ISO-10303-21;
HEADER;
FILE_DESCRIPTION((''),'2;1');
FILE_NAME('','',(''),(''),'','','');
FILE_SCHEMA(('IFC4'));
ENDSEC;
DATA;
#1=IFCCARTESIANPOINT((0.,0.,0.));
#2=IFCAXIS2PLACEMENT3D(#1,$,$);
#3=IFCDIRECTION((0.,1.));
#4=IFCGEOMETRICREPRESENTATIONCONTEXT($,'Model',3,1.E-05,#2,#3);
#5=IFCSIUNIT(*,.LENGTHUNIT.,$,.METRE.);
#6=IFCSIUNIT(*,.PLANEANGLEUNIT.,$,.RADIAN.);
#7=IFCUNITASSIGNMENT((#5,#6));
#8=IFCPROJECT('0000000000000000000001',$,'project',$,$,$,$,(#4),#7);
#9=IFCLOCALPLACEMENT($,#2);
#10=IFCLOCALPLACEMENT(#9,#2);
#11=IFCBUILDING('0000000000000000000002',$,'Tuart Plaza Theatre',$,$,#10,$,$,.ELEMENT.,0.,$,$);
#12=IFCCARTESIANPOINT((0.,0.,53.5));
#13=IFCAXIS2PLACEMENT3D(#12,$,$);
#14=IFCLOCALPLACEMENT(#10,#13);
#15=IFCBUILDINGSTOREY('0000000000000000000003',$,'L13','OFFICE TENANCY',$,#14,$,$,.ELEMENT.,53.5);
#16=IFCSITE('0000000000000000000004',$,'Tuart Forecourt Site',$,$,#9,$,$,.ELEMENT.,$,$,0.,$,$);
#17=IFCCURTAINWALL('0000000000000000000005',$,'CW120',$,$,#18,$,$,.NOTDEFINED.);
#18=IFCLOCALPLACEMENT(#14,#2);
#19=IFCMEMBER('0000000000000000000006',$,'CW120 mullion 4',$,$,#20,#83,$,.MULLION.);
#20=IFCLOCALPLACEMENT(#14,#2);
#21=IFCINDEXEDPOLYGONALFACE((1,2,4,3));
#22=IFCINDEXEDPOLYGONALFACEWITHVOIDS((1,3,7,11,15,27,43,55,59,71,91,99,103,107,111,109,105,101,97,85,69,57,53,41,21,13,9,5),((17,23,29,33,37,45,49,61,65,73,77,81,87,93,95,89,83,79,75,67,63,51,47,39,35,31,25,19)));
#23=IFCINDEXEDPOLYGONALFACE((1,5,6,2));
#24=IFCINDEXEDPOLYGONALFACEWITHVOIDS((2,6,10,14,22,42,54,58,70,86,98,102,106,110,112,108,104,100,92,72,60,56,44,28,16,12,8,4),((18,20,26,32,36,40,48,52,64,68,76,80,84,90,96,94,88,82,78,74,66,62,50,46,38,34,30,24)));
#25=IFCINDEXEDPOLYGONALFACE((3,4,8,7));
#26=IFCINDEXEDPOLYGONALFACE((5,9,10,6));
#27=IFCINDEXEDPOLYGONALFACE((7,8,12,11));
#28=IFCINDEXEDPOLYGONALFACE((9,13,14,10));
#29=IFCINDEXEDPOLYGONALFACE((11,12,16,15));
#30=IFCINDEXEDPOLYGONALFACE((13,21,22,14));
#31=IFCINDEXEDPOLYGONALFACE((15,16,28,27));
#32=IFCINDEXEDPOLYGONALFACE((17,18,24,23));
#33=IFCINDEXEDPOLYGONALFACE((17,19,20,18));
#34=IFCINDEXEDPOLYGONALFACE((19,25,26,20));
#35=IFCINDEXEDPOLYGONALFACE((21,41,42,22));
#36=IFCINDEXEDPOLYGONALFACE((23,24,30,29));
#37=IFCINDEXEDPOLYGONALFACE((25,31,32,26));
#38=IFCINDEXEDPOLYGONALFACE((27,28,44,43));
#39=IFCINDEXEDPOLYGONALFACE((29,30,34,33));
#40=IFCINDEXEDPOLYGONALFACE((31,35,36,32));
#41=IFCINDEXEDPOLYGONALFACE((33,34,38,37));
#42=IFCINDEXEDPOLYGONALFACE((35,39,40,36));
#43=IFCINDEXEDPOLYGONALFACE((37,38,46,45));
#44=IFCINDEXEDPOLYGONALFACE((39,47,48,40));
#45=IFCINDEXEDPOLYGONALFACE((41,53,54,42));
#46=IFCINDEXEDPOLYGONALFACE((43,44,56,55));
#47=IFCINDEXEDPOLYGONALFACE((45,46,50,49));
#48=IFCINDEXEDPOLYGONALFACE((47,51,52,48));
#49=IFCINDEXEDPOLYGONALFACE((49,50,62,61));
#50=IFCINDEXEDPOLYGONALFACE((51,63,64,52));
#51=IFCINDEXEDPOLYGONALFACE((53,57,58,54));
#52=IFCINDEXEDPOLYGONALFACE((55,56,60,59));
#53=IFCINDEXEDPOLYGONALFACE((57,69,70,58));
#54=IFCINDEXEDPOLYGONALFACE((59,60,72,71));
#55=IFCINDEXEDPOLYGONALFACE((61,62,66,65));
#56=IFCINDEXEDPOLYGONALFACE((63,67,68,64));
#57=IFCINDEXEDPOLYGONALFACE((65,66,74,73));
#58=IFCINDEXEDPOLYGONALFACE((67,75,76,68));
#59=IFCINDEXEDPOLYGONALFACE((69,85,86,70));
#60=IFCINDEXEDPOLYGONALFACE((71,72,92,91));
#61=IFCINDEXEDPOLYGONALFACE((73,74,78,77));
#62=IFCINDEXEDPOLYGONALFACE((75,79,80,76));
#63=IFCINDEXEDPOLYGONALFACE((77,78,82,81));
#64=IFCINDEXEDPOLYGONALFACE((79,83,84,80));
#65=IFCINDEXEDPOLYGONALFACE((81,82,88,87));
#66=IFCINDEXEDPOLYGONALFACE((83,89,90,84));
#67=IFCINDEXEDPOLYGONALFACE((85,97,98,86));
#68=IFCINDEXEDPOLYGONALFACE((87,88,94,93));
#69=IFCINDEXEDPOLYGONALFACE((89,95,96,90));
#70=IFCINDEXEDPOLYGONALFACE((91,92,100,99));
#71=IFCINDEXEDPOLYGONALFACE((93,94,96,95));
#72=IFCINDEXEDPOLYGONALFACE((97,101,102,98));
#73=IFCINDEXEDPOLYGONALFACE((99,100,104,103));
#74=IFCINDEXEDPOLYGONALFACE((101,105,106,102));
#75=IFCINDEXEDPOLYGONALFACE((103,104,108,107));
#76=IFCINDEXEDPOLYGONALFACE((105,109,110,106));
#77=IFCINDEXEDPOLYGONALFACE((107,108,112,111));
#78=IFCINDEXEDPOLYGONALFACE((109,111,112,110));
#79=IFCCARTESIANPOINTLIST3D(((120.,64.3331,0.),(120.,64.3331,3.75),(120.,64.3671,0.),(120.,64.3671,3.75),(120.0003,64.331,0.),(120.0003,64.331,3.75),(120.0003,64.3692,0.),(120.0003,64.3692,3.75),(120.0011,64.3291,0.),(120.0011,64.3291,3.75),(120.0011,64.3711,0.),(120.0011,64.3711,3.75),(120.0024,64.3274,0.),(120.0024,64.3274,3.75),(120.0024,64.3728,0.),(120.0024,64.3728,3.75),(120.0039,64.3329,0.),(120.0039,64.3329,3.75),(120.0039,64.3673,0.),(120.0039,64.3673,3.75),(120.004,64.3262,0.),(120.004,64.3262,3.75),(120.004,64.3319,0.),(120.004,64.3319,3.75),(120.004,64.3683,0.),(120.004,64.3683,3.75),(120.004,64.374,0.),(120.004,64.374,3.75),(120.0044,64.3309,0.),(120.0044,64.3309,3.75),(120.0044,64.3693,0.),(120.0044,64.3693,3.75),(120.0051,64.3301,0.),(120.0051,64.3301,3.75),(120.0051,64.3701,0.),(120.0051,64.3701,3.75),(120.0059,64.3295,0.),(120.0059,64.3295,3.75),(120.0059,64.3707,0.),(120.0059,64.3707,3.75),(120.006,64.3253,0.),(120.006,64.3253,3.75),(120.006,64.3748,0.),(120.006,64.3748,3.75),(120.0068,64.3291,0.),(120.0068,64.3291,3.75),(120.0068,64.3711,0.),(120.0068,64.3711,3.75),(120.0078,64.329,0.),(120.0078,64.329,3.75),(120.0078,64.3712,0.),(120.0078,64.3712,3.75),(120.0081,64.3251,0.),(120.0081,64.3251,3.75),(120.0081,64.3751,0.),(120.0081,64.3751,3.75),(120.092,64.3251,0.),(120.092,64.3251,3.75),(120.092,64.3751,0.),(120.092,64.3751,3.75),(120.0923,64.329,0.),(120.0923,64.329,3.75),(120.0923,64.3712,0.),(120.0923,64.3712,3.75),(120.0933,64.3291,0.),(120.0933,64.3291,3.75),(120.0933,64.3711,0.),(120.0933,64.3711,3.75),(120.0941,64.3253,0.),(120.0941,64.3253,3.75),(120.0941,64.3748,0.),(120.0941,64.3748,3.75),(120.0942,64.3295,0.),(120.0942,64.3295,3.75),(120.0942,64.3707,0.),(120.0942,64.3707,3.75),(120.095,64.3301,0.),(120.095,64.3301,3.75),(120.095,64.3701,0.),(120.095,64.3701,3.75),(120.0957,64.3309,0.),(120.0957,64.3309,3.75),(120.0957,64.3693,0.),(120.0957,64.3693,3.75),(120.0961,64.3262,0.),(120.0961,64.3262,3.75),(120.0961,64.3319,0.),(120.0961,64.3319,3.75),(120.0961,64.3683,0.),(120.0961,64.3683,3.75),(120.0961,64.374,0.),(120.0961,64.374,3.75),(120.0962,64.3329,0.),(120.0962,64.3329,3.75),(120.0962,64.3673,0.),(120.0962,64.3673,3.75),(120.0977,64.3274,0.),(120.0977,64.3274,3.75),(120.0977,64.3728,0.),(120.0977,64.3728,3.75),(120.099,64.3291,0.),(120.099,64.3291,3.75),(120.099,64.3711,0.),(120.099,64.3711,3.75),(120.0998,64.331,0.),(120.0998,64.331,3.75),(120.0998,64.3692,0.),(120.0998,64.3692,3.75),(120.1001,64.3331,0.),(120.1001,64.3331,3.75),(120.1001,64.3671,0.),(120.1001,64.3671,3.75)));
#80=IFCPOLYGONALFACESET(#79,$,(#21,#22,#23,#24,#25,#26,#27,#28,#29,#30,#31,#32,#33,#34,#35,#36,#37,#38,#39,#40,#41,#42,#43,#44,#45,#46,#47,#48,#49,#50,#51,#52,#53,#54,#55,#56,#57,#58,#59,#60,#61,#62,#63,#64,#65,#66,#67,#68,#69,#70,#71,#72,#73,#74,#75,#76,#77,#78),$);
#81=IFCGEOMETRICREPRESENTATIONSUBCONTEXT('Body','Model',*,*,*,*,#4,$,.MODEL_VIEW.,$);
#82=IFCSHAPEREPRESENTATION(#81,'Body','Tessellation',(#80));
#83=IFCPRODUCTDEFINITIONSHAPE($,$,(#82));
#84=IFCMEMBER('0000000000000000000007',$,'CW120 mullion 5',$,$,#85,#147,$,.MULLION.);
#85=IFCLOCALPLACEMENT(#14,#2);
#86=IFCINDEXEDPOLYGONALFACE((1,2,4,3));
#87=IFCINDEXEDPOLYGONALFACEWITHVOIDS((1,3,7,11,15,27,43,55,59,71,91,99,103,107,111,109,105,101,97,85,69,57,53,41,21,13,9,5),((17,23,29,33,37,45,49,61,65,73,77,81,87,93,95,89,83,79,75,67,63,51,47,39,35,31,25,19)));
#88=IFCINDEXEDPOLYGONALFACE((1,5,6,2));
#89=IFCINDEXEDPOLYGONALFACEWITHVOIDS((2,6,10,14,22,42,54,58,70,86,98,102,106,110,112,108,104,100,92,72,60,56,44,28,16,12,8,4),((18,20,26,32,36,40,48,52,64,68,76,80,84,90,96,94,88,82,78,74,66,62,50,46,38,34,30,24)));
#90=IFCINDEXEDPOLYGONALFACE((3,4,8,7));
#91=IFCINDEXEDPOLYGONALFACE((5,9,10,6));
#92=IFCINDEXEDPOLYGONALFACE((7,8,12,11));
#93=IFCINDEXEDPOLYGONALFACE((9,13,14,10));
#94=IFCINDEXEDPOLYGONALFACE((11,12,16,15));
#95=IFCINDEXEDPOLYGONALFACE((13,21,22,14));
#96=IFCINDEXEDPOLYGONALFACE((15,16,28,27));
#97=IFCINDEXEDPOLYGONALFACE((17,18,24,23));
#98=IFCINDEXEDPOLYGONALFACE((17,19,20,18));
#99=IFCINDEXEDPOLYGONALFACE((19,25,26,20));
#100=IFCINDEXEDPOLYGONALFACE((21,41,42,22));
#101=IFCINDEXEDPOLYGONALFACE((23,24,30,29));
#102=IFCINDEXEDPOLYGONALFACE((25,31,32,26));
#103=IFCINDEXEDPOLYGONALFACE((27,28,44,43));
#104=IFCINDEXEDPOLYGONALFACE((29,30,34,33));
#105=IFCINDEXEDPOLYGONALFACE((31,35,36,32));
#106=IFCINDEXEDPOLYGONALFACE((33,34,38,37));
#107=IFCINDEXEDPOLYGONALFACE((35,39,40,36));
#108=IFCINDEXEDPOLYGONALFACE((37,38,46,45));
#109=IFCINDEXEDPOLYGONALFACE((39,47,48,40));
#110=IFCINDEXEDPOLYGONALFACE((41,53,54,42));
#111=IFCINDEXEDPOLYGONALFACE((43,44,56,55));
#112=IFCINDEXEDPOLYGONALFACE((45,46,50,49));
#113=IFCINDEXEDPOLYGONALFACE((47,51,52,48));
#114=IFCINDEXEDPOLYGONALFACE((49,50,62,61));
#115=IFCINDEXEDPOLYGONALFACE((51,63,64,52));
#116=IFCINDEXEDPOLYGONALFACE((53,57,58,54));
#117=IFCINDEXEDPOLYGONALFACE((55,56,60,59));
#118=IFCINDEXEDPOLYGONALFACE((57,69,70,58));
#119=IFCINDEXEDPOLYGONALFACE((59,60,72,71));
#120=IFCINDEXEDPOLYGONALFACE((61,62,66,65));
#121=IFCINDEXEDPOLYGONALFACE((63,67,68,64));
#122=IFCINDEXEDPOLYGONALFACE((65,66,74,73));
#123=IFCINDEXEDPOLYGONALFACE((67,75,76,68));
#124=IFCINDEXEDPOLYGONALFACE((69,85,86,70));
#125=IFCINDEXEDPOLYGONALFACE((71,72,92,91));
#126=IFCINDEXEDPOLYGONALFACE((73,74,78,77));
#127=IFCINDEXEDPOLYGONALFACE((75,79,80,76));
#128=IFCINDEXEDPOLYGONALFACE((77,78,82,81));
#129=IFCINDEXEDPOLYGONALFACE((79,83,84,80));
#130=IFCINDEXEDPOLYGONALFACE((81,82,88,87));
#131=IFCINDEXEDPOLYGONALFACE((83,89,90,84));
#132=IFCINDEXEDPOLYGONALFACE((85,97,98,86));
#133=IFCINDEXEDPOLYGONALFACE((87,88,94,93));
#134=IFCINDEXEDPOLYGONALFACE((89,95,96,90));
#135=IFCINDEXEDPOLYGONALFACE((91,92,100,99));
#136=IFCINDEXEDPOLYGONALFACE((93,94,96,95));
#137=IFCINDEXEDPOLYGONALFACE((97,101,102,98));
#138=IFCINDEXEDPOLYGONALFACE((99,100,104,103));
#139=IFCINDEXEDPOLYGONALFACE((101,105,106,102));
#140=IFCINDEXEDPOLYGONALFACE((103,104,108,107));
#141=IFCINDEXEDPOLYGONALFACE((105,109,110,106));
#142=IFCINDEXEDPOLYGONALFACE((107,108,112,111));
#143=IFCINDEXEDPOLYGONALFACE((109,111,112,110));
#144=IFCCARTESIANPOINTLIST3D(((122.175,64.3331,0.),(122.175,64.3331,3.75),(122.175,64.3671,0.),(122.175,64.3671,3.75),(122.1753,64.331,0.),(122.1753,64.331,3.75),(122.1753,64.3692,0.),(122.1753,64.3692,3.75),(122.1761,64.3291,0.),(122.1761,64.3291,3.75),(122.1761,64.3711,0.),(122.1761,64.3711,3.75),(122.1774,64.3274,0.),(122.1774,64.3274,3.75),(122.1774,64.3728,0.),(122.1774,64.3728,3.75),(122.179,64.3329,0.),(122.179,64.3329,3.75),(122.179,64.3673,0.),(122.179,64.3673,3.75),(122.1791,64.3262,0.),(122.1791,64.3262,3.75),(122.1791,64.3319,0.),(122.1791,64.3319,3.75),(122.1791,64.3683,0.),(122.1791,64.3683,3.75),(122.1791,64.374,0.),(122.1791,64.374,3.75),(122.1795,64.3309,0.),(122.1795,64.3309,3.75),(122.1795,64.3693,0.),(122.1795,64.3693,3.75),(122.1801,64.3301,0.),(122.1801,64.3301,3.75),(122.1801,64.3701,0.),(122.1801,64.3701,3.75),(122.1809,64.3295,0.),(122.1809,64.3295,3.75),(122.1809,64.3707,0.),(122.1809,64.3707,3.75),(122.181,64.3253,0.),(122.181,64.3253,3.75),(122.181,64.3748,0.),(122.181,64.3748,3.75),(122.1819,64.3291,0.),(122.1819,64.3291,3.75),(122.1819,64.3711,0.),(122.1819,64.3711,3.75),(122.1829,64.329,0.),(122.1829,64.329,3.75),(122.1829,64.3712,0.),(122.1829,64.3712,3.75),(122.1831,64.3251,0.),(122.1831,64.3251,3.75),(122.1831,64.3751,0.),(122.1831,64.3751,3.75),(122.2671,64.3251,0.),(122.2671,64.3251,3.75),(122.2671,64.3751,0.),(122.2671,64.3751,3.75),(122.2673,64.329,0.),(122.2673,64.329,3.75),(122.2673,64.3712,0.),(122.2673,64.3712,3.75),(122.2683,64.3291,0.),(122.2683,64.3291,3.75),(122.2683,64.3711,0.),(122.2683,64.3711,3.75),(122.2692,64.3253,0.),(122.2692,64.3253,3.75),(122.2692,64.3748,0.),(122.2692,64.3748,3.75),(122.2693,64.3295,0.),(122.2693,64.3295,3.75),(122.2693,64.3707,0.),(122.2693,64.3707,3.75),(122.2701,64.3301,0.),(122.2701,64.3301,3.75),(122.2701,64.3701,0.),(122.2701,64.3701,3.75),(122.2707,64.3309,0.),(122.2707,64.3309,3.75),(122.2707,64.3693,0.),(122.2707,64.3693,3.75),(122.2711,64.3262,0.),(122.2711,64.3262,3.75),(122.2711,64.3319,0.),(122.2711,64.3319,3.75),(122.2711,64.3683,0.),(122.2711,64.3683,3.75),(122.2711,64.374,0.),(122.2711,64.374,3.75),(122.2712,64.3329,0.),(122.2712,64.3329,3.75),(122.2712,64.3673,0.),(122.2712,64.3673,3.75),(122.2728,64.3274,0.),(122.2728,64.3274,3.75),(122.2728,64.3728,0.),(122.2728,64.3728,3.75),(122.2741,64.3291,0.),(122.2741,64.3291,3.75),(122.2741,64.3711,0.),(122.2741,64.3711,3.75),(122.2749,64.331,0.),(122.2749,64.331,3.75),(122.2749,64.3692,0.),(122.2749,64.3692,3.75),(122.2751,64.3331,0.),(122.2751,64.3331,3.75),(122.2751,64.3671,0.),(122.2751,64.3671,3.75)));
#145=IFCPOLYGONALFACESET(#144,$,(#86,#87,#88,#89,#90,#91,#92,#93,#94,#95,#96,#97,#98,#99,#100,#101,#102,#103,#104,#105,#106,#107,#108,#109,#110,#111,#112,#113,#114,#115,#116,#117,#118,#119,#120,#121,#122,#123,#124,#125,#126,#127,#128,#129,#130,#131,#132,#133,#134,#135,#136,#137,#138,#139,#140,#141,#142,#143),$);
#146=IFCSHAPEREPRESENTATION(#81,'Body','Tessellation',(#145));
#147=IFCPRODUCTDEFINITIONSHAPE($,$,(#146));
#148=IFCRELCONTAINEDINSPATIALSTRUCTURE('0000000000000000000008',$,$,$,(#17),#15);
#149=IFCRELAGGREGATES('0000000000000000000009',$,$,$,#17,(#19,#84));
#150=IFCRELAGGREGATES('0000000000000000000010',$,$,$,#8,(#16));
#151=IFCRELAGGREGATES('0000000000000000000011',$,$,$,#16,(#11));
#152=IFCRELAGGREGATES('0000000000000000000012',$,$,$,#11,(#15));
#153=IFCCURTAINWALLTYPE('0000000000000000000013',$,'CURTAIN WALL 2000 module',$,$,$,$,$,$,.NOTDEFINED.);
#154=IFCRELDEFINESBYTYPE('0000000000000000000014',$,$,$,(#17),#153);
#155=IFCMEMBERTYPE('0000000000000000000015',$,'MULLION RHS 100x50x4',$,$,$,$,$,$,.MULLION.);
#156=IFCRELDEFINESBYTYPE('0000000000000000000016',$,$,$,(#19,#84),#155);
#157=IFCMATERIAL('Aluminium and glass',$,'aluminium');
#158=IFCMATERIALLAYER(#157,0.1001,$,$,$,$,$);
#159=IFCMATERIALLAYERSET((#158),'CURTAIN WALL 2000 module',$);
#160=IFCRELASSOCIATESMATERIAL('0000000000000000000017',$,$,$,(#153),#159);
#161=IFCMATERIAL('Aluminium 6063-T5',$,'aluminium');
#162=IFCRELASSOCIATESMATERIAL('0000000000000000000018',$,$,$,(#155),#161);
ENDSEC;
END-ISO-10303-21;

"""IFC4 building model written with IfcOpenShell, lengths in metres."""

from ifc_helpers import new_model, si_unit, direction, frame, origin, origin_2d, place, context, subcontext, project, spatial, hollow_rectangle, extrude, material, layer, layer_set, material_profile, profile_set, type_object, element, aggregate, save


model = new_model("IFC4")

# Units and contexts
model_context = context("Model", 3, precision=1e-05, world=origin(), true_north=direction((0.0, 1.0)))
body_context = subcontext(model_context, "Body", "Model", "MODEL_VIEW")
ifc_project = project(units=[si_unit("LENGTHUNIT", "METRE"), si_unit("PLANEANGLEUNIT", "RADIAN")], contexts=[model_context])

# Site, building, storey
site_placement = place(None, origin())
site = spatial("IfcSite", under=ifc_project, at=site_placement, Name="Tuart Forecourt Site", CompositionType="ELEMENT", RefElevation=0.0)
building_placement = place(site_placement, origin())
building = spatial("IfcBuilding", under=site, at=building_placement, Name="Tuart Plaza Theatre", CompositionType="ELEMENT", ElevationOfRefHeight=0.0)
storey_placement = place(building_placement, frame((0.0, 0.0, 53.5)))
storey = spatial("IfcBuildingStorey", under=building, at=storey_placement, Name="L13", Description="OFFICE TENANCY", CompositionType="ELEMENT", Elevation=53.5)

# Curtain wall, members
ifc_material_1 = material(Name="Aluminium and glass", Category="aluminium")
ifc_layer_1 = layer(ifc_material_1, 0.1001)
ifc_layer_set_1 = layer_set([ifc_layer_1], Name="CURTAIN WALL 2000 module")
curtain_wall_type = type_object("IfcCurtainWallType", Name="CURTAIN WALL 2000 module", PredefinedType="NOTDEFINED", material=ifc_layer_set_1)
curtain_wall_1_placement = place(storey_placement, origin())
curtain_wall_1 = element("IfcCurtainWall", 1, at=curtain_wall_1_placement, inside=storey, type_object=curtain_wall_type, Name="CW120", PredefinedType="NOTDEFINED")
ifc_material_2 = material(Name="Aluminium 6063-T5", Category="aluminium")
ifc_material_profile_1 = material_profile(ifc_material_2, hollow_rectangle(XDim=0.05, YDim=0.1001, WallThickness=0.0039, InnerFilletRadius=0.0039, OuterFilletRadius=0.0081, at=origin_2d()), Name="RHS 100x50x4")
ifc_profile_set_1 = profile_set([ifc_material_profile_1], Name="Aluminium 6063-T5")
member_type_1 = type_object("IfcMemberType", Name="MULLION RHS 100x50x4", PredefinedType="MULLION", material=ifc_profile_set_1)
member_1_placement = place(storey_placement, frame((120.05, 64.3501, 0.0), z_axis=(0.0, 0.0, 1.0), x_axis=(0.0, 1.0, 0.0)))
member_1 = element("IfcMember", 2, at=member_1_placement, type_object=member_type_1, Name="CW120 mullion 4", PredefinedType="MULLION", context=body_context, shape_type="SweptSolid", body=[
    extrude(hollow_rectangle(XDim=0.05, YDim=0.1001, WallThickness=0.0039, InnerFilletRadius=0.0039, OuterFilletRadius=0.0081, at=origin_2d()), origin(), (0.0, 0.0, 1.0), 3.75),
])
member_2_placement = place(storey_placement, frame((122.2251, 64.3501, 0.0), z_axis=(0.0, 0.0, 1.0), x_axis=(0.0, 1.0, 0.0)))
member_2 = element("IfcMember", 3, at=member_2_placement, type_object=member_type_1, Name="CW120 mullion 5", PredefinedType="MULLION", context=body_context, shape_type="SweptSolid", body=[
    extrude(hollow_rectangle(XDim=0.05, YDim=0.1001, WallThickness=0.0039, InnerFilletRadius=0.0039, OuterFilletRadius=0.0081, at=origin_2d()), origin(), (0.0, 0.0, 1.0), 3.75),
])

aggregate(curtain_wall_1, [member_1, member_2])

save(model, "model.ifc")
